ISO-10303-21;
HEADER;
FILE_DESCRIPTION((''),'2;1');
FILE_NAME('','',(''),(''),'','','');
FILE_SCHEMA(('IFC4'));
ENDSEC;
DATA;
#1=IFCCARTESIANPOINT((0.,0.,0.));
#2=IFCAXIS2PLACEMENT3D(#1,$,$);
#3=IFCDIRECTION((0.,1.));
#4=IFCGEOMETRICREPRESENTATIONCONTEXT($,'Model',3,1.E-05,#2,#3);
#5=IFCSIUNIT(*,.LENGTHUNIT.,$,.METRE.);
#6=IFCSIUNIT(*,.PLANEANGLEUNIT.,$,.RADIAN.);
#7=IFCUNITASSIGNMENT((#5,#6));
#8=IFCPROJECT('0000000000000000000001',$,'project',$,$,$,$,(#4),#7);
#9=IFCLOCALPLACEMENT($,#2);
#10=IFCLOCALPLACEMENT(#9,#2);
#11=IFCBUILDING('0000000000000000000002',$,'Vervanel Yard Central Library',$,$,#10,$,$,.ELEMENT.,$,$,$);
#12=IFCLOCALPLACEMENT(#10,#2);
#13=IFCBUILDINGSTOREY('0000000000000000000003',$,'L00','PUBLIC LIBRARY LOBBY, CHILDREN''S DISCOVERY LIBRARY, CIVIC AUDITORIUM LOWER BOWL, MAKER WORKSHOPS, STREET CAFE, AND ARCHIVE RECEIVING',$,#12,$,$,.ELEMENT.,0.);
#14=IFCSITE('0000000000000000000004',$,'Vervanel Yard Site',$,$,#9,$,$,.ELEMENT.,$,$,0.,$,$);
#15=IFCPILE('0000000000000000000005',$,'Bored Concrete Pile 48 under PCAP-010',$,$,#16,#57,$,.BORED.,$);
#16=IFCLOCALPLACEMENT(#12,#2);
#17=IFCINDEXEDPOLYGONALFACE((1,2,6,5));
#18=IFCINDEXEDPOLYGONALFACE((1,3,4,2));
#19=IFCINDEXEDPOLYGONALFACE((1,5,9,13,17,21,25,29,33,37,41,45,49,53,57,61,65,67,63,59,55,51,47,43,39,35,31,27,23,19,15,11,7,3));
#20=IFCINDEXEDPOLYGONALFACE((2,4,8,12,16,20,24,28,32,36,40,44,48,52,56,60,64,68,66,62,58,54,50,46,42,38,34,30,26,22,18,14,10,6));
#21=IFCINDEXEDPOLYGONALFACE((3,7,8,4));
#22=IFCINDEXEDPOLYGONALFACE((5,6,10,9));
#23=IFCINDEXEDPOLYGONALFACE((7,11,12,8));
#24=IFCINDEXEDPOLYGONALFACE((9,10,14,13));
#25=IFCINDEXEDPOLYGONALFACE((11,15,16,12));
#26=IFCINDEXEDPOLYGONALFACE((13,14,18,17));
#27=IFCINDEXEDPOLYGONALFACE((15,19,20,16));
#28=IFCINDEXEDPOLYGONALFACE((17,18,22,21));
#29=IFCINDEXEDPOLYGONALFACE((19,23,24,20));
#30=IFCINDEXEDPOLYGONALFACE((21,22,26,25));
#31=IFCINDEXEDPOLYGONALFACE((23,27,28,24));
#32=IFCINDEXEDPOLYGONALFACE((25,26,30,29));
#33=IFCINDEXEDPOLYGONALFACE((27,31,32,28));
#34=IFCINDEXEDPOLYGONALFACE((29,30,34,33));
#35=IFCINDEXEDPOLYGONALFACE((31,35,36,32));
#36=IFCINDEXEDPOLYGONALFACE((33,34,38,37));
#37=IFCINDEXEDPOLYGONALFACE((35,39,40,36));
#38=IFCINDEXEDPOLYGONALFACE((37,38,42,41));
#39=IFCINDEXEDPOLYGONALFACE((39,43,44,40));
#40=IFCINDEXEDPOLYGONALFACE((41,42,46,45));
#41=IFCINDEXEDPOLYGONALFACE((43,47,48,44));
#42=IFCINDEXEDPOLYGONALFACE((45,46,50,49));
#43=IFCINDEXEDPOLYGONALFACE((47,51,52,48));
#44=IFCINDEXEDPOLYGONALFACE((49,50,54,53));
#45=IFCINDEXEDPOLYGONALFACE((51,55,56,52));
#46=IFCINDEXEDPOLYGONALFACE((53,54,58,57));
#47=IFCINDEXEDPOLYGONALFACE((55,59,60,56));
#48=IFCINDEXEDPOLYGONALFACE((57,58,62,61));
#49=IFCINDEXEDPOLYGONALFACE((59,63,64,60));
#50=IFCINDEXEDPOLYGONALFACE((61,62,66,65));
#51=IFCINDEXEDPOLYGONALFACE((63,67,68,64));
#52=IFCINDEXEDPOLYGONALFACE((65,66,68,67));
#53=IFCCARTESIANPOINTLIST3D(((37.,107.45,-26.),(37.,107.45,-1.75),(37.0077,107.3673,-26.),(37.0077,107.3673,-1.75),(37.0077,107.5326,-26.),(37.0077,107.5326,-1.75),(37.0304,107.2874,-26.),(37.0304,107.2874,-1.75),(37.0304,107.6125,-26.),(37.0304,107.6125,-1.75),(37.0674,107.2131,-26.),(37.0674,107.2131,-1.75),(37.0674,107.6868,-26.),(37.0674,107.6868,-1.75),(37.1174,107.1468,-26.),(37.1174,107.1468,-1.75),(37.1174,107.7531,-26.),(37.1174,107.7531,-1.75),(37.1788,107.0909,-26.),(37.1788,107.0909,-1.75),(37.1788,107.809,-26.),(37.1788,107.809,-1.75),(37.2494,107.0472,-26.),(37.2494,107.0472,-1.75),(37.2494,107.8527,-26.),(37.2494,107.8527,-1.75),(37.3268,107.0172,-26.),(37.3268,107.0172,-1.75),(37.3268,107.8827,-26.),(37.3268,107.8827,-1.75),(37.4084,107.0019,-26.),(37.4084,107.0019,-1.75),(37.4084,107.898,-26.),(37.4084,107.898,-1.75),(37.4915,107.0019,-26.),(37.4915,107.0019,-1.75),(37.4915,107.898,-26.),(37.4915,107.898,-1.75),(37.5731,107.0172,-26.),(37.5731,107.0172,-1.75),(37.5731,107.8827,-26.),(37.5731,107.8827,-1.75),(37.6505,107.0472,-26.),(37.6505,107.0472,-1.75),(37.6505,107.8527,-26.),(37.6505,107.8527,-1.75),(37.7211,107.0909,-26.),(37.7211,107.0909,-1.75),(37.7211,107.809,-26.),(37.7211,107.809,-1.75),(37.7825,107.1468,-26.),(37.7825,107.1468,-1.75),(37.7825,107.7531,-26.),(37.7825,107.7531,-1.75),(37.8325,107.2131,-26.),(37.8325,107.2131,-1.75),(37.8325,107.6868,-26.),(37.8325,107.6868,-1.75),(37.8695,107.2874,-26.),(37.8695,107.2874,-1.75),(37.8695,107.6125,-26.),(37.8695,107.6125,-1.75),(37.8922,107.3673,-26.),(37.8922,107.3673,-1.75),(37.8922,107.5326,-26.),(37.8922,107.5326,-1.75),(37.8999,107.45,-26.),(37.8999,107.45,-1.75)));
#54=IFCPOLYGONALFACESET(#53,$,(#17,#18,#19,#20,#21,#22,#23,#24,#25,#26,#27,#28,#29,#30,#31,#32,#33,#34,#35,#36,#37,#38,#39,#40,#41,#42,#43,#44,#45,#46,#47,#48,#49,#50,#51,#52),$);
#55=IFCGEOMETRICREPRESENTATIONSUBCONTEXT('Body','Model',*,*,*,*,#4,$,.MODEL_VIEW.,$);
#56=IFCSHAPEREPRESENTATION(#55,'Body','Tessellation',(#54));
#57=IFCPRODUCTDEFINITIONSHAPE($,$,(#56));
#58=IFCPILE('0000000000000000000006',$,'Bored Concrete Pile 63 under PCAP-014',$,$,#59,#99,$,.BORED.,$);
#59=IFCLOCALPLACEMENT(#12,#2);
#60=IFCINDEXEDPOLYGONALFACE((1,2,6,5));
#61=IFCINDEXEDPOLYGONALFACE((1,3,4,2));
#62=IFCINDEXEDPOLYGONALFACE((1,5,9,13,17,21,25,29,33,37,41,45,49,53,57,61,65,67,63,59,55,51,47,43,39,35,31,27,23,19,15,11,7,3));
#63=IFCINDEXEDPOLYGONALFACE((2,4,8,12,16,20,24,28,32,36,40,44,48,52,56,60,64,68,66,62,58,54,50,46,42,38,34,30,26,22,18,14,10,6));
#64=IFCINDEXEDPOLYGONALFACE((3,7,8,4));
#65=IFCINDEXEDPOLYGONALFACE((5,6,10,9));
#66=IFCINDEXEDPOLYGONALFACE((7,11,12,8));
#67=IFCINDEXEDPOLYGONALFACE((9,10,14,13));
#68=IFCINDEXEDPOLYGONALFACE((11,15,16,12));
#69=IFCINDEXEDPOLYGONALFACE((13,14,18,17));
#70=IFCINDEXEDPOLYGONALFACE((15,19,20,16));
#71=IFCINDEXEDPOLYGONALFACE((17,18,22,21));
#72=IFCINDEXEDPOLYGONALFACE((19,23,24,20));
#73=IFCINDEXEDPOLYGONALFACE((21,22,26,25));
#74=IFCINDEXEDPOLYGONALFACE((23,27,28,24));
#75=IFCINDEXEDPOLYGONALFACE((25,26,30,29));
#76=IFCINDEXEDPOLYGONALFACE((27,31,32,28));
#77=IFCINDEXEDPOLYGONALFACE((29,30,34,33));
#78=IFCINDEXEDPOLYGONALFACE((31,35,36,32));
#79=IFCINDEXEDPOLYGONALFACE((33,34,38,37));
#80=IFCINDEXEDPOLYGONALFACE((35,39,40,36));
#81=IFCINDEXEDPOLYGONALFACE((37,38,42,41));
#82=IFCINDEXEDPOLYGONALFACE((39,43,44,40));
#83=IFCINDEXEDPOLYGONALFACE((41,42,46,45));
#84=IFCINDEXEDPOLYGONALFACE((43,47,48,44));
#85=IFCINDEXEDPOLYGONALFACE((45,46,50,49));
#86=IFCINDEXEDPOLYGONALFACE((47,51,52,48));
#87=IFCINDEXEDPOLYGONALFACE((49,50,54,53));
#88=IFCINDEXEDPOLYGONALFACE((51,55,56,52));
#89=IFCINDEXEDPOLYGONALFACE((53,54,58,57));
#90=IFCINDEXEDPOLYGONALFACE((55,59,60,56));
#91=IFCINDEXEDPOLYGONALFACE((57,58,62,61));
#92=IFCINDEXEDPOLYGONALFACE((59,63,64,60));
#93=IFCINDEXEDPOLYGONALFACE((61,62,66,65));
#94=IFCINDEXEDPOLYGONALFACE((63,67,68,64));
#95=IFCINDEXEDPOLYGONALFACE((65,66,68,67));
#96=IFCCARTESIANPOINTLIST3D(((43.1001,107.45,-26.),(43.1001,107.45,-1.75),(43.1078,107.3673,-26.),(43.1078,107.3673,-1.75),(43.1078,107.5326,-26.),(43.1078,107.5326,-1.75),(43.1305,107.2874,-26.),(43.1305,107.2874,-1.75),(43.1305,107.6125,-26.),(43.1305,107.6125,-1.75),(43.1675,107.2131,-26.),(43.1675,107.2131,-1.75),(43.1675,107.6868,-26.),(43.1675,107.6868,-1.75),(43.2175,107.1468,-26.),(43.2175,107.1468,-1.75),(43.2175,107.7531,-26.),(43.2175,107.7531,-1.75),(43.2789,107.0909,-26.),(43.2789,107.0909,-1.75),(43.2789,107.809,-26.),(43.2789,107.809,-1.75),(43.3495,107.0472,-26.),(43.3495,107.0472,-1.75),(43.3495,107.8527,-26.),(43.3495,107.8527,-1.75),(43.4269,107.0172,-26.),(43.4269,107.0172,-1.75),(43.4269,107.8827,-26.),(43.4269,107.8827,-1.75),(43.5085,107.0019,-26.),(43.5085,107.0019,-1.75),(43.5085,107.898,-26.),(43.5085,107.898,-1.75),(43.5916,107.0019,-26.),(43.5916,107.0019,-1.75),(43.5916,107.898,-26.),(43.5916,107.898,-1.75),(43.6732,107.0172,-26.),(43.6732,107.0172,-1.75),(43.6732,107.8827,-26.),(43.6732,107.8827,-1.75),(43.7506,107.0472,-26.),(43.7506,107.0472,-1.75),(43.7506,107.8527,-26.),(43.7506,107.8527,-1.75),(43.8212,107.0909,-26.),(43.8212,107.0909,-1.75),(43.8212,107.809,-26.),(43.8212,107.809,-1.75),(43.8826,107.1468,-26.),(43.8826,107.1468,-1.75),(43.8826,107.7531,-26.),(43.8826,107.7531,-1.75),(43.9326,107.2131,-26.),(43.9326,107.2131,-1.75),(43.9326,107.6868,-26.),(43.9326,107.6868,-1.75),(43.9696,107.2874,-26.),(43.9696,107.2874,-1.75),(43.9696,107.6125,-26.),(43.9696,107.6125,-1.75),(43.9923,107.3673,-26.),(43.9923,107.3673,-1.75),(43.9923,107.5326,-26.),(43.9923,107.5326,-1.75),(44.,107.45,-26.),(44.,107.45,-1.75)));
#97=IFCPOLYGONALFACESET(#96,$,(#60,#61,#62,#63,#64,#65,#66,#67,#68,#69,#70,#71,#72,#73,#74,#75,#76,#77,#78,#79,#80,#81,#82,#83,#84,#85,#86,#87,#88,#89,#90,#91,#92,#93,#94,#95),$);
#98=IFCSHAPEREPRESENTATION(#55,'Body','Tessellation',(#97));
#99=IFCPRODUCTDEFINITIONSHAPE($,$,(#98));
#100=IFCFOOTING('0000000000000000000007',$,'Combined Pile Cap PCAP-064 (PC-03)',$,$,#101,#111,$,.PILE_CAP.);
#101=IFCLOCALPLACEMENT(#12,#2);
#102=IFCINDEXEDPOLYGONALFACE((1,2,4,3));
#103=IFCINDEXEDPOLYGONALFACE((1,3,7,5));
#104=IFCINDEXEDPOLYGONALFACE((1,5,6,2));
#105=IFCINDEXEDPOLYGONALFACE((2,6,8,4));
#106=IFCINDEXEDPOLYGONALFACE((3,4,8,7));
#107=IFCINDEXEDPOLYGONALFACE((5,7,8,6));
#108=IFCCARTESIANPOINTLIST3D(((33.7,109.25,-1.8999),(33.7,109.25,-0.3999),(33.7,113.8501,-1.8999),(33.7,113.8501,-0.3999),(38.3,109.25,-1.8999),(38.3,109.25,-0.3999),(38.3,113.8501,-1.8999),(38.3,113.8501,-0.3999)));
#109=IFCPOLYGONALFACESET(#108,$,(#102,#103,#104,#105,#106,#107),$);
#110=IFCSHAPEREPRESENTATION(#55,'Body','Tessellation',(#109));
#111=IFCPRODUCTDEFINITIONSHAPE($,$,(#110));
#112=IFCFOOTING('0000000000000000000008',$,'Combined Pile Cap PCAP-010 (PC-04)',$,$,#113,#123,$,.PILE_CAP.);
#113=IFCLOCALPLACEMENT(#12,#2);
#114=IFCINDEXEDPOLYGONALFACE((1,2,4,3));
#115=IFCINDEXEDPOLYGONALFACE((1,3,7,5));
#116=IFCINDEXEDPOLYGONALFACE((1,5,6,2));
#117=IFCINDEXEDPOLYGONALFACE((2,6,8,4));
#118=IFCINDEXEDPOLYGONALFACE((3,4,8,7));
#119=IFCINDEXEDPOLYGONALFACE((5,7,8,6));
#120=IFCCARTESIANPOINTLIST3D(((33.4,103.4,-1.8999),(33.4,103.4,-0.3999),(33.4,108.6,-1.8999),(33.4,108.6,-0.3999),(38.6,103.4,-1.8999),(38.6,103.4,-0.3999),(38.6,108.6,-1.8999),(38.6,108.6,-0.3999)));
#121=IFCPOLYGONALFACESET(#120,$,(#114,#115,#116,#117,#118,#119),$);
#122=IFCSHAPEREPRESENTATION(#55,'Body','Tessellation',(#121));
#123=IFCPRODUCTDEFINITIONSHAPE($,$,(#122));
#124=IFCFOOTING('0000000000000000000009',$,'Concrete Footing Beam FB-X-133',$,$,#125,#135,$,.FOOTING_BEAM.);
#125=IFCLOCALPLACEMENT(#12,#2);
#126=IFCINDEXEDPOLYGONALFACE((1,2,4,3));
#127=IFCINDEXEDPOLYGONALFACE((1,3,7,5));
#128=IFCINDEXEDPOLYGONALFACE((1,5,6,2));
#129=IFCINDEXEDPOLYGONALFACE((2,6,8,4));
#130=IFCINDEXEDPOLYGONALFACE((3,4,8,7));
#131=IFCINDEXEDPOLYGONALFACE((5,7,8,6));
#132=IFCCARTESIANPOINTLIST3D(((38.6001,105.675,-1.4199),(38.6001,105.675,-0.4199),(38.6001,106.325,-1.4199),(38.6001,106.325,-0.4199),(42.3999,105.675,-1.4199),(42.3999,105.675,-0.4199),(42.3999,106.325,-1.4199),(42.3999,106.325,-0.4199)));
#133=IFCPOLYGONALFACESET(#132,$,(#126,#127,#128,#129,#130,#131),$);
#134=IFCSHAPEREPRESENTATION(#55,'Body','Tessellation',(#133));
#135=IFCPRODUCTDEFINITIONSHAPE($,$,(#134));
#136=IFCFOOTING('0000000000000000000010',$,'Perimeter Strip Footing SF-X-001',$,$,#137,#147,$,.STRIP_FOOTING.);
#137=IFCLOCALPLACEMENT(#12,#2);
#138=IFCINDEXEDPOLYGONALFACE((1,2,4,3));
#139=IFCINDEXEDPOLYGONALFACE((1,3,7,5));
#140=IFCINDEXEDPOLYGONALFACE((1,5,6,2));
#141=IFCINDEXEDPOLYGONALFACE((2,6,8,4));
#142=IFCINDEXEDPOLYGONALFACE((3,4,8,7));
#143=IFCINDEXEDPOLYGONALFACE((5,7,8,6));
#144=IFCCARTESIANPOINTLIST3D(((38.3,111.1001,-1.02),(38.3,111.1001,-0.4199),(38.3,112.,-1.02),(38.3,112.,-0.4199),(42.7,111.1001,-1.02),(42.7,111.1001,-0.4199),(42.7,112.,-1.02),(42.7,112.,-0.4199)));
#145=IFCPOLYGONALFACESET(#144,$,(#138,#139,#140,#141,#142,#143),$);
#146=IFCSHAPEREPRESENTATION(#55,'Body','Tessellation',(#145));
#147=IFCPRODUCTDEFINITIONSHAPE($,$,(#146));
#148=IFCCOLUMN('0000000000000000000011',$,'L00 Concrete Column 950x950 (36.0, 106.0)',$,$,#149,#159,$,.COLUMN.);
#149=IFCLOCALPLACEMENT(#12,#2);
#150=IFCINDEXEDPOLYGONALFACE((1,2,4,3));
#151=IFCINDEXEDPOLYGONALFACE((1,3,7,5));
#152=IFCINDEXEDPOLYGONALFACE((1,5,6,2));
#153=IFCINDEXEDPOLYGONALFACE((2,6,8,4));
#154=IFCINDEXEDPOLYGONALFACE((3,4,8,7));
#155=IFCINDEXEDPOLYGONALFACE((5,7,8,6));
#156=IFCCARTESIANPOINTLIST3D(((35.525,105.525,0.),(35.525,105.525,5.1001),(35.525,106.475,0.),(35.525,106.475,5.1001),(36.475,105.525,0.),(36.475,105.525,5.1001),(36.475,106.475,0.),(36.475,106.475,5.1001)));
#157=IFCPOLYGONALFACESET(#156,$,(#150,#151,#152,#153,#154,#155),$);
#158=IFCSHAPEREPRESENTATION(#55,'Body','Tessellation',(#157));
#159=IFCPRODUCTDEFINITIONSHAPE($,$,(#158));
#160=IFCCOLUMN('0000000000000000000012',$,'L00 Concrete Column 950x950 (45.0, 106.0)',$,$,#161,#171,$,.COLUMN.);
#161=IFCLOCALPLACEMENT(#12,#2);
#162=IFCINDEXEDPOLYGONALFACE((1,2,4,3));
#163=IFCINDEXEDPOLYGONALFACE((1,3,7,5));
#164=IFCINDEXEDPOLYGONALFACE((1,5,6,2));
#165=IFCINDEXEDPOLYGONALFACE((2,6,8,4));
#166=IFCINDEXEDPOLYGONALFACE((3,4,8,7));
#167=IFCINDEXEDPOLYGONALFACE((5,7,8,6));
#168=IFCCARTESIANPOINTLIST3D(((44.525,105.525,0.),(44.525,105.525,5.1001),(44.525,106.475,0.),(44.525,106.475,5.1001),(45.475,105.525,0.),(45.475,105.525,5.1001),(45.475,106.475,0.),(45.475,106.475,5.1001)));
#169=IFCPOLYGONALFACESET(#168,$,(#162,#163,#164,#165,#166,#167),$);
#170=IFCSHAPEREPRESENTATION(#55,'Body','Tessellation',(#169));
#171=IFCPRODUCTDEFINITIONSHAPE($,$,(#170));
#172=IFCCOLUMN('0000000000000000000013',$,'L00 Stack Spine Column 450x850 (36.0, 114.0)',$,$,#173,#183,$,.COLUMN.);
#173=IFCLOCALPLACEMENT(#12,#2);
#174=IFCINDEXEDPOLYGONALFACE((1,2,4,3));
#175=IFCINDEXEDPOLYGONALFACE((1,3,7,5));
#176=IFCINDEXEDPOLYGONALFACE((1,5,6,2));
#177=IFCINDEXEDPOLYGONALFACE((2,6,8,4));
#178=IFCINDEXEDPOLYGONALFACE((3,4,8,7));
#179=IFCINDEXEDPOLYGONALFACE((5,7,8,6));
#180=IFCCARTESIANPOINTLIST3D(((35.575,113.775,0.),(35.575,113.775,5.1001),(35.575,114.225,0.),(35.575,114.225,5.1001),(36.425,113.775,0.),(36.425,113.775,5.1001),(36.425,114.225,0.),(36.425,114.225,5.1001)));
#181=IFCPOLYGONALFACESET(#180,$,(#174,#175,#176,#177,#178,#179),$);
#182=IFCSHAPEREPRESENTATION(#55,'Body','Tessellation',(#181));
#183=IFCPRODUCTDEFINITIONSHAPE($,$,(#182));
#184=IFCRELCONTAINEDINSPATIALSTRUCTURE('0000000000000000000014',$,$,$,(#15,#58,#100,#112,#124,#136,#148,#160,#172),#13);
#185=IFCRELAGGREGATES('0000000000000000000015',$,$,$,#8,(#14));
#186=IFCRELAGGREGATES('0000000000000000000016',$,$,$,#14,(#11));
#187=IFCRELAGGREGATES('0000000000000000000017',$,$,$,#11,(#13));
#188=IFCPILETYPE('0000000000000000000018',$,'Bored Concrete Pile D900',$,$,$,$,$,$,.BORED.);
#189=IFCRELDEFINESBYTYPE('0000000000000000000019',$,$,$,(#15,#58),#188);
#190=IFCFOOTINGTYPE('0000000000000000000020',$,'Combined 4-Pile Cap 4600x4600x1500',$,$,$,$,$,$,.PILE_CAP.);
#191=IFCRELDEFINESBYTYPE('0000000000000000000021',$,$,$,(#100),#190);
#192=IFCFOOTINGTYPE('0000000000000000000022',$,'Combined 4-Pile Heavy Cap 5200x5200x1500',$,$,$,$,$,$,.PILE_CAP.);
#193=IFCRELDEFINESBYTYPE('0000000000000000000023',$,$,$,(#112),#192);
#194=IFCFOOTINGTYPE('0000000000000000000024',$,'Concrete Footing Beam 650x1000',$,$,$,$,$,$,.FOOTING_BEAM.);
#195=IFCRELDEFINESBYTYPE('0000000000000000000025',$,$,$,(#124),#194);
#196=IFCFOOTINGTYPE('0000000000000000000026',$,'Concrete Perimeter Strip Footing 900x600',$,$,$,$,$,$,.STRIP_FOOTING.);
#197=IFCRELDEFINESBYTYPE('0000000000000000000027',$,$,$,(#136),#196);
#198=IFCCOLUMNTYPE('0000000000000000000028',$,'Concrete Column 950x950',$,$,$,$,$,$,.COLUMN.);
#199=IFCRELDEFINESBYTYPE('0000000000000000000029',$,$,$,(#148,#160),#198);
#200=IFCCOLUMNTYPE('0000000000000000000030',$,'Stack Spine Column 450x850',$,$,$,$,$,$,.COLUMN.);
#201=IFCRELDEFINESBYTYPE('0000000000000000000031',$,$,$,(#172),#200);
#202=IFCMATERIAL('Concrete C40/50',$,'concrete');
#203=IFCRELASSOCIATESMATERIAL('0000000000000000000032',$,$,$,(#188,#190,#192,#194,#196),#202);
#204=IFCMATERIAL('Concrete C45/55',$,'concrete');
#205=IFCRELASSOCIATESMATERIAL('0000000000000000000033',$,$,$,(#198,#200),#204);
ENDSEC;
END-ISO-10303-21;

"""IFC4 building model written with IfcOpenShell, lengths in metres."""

from ifc_helpers import new_model, si_unit, direction, frame, origin, origin_2d, place, context, subcontext, project, spatial, rectangle, circle, extrude, material, material_profile, profile_set, type_object, element, save


model = new_model("IFC4")

# Units and contexts
model_context = context("Model", 3, precision=1e-05, world=origin(), true_north=direction((0.0, 1.0)))
body_context = subcontext(model_context, "Body", "Model", "MODEL_VIEW")
ifc_project = project(units=[si_unit("LENGTHUNIT", "METRE"), si_unit("PLANEANGLEUNIT", "RADIAN")], contexts=[model_context])

# Site, building, storey
site_placement = place(None, origin())
site = spatial("IfcSite", under=ifc_project, at=site_placement, Name="Vervanel Yard Site", CompositionType="ELEMENT", RefElevation=0.0)
building_placement = place(site_placement, origin())
building = spatial("IfcBuilding", under=site, at=building_placement, Name="Vervanel Yard Central Library", CompositionType="ELEMENT")
storey_placement = place(building_placement, origin())
storey = spatial("IfcBuildingStorey", under=building, at=storey_placement, Name="L00", Description="PUBLIC LIBRARY LOBBY, CHILDREN'S DISCOVERY LIBRARY, CIVIC AUDITORIUM LOWER BOWL, MAKER WORKSHOPS, STREET CAFE, AND ARCHIVE RECEIVING", CompositionType="ELEMENT", Elevation=0.0)

# Piles
ifc_material_1 = material(Name="Concrete C40/50", Category="concrete")
ifc_material_profile_1 = material_profile(ifc_material_1, circle(Radius=0.45, at=origin_2d()), Name="BP D900", Category="concrete")
ifc_profile_set_1 = profile_set([ifc_material_profile_1], Name="Concrete C40/50")
pile_type_1 = type_object("IfcPileType", Name="Bored Concrete Pile D900", PredefinedType="BORED", material=ifc_profile_set_1)
for number, where, z_axis, x_axis, name in (
    (1, (37.45, 107.45, -1.75), (0.0, 0.0, -1.0), (1.0, 0.0, 0.0), "Bored Concrete Pile 48 under PCAP-010"),
    (2, (43.55, 107.45, -1.75), (0.0, 0.0, -1.0), (1.0, 0.0, 0.0), "Bored Concrete Pile 63 under PCAP-014"),
):
    element("IfcPile", number, at=place(storey_placement, frame(where, z_axis=z_axis, x_axis=x_axis)), inside=storey, type_object=pile_type_1, Name=name, PredefinedType="BORED", context=body_context, shape_type="SweptSolid", body=[
        extrude(circle(Radius=0.45, at=origin_2d()), origin(), (0.0, 0.0, 1.0), 24.25),
    ])

# Footings
footing_type_1 = type_object("IfcFootingType", Name="Combined 4-Pile Cap 4600x4600x1500", PredefinedType="PILE_CAP", material=ifc_material_1)
footing_1_placement = place(storey_placement, frame((36.0, 111.55, -1.8999), z_axis=(0.0, 0.0, 1.0), x_axis=(1.0, 0.0, 0.0)))
element("IfcFooting", 3, at=footing_1_placement, inside=storey, type_object=footing_type_1, Name="Combined Pile Cap PCAP-064 (PC-03)", PredefinedType="PILE_CAP", context=body_context, shape_type="SweptSolid", body=[
    extrude(rectangle(XDim=4.6001, YDim=4.6001, at=origin_2d()), origin(), (0.0, 0.0, 1.0), 1.5),
])
footing_type_2 = type_object("IfcFootingType", Name="Combined 4-Pile Heavy Cap 5200x5200x1500", PredefinedType="PILE_CAP", material=ifc_material_1)
footing_2_placement = place(storey_placement, frame((36.0, 106.0, -1.8999), z_axis=(0.0, 0.0, 1.0), x_axis=(1.0, 0.0, 0.0)))
element("IfcFooting", 4, at=footing_2_placement, inside=storey, type_object=footing_type_2, Name="Combined Pile Cap PCAP-010 (PC-04)", PredefinedType="PILE_CAP", context=body_context, shape_type="SweptSolid", body=[
    extrude(rectangle(XDim=5.2, YDim=5.2, at=origin_2d()), origin(), (0.0, 0.0, 1.0), 1.5),
])
ifc_material_profile_2 = material_profile(ifc_material_1, rectangle(XDim=0.6499, YDim=1.0, at=origin_2d()), Name="RC 650x1000", Category="concrete")
ifc_profile_set_2 = profile_set([ifc_material_profile_2], Name="Concrete C40/50")
footing_type_3 = type_object("IfcFootingType", Name="Concrete Footing Beam 650x1000", PredefinedType="FOOTING_BEAM", material=ifc_profile_set_2)
footing_3_placement = place(storey_placement, frame((38.6001, 106.0, -0.9199), z_axis=(1.0, 0.0, 0.0), x_axis=(0.0, 1.0, 0.0)))
element("IfcFooting", 5, at=footing_3_placement, inside=storey, type_object=footing_type_3, Name="Concrete Footing Beam FB-X-133", PredefinedType="FOOTING_BEAM", context=body_context, shape_type="SweptSolid", body=[
    extrude(rectangle(XDim=0.6499, YDim=1.0, at=origin_2d()), origin(), (0.0, 0.0, 1.0), 3.7998),
])
ifc_material_profile_3 = material_profile(ifc_material_1, rectangle(XDim=0.8999, YDim=0.6001, at=origin_2d()), Name="RC 900x600", Category="concrete")
ifc_profile_set_3 = profile_set([ifc_material_profile_3], Name="Concrete C40/50")
footing_type_4 = type_object("IfcFootingType", Name="Concrete Perimeter Strip Footing 900x600", PredefinedType="STRIP_FOOTING", material=ifc_profile_set_3)
footing_4_placement = place(storey_placement, frame((38.3, 111.55, -0.72), z_axis=(1.0, 0.0, 0.0), x_axis=(0.0, 1.0, 0.0)))
element("IfcFooting", 6, at=footing_4_placement, inside=storey, type_object=footing_type_4, Name="Perimeter Strip Footing SF-X-001", PredefinedType="STRIP_FOOTING", context=body_context, shape_type="SweptSolid", body=[
    extrude(rectangle(XDim=0.8999, YDim=0.6001, at=origin_2d()), origin(), (0.0, 0.0, 1.0), 4.3999),
])

# Columns
ifc_material_2 = material(Name="Concrete C45/55", Category="concrete")
ifc_material_profile_4 = material_profile(ifc_material_2, rectangle(XDim=0.95, YDim=0.95, at=origin_2d()), Name="RC 950x950", Category="concrete")
ifc_profile_set_4 = profile_set([ifc_material_profile_4], Name="Concrete C45/55")
column_type_1 = type_object("IfcColumnType", Name="Concrete Column 950x950", PredefinedType="COLUMN", material=ifc_profile_set_4)
for number, where, z_axis, x_axis, name in (
    (7, (36.0, 106.0, 0.0), (0.0, 0.0, 1.0), (1.0, 0.0, 0.0), "L00 Concrete Column 950x950 (36.0, 106.0)"),
    (8, (45.0, 106.0, 0.0), (0.0, 0.0, 1.0), (1.0, 0.0, 0.0), "L00 Concrete Column 950x950 (45.0, 106.0)"),
):
    element("IfcColumn", number, at=place(storey_placement, frame(where, z_axis=z_axis, x_axis=x_axis)), inside=storey, type_object=column_type_1, Name=name, PredefinedType="COLUMN", context=body_context, shape_type="SweptSolid", body=[
        extrude(rectangle(XDim=0.95, YDim=0.95, at=origin_2d()), origin(), (0.0, 0.0, 1.0), 5.1001),
    ])
ifc_material_profile_5 = material_profile(ifc_material_2, rectangle(XDim=0.45, YDim=0.8501, at=origin_2d()), Name="RC 450x850", Category="concrete")
ifc_profile_set_5 = profile_set([ifc_material_profile_5], Name="Concrete C45/55")
column_type_2 = type_object("IfcColumnType", Name="Stack Spine Column 450x850", PredefinedType="COLUMN", material=ifc_profile_set_5)
column_placement = place(storey_placement, frame((36.0, 114.0, 0.0), z_axis=(0.0, 0.0, 1.0), x_axis=(0.0, 1.0, 0.0)))
element("IfcColumn", 9, at=column_placement, inside=storey, type_object=column_type_2, Name="L00 Stack Spine Column 450x850 (36.0, 114.0)", PredefinedType="COLUMN", context=body_context, shape_type="SweptSolid", body=[
    extrude(rectangle(XDim=0.45, YDim=0.8501, at=origin_2d()), origin(), (0.0, 0.0, 1.0), 5.1001),
])

save(model, "model.ifc")
